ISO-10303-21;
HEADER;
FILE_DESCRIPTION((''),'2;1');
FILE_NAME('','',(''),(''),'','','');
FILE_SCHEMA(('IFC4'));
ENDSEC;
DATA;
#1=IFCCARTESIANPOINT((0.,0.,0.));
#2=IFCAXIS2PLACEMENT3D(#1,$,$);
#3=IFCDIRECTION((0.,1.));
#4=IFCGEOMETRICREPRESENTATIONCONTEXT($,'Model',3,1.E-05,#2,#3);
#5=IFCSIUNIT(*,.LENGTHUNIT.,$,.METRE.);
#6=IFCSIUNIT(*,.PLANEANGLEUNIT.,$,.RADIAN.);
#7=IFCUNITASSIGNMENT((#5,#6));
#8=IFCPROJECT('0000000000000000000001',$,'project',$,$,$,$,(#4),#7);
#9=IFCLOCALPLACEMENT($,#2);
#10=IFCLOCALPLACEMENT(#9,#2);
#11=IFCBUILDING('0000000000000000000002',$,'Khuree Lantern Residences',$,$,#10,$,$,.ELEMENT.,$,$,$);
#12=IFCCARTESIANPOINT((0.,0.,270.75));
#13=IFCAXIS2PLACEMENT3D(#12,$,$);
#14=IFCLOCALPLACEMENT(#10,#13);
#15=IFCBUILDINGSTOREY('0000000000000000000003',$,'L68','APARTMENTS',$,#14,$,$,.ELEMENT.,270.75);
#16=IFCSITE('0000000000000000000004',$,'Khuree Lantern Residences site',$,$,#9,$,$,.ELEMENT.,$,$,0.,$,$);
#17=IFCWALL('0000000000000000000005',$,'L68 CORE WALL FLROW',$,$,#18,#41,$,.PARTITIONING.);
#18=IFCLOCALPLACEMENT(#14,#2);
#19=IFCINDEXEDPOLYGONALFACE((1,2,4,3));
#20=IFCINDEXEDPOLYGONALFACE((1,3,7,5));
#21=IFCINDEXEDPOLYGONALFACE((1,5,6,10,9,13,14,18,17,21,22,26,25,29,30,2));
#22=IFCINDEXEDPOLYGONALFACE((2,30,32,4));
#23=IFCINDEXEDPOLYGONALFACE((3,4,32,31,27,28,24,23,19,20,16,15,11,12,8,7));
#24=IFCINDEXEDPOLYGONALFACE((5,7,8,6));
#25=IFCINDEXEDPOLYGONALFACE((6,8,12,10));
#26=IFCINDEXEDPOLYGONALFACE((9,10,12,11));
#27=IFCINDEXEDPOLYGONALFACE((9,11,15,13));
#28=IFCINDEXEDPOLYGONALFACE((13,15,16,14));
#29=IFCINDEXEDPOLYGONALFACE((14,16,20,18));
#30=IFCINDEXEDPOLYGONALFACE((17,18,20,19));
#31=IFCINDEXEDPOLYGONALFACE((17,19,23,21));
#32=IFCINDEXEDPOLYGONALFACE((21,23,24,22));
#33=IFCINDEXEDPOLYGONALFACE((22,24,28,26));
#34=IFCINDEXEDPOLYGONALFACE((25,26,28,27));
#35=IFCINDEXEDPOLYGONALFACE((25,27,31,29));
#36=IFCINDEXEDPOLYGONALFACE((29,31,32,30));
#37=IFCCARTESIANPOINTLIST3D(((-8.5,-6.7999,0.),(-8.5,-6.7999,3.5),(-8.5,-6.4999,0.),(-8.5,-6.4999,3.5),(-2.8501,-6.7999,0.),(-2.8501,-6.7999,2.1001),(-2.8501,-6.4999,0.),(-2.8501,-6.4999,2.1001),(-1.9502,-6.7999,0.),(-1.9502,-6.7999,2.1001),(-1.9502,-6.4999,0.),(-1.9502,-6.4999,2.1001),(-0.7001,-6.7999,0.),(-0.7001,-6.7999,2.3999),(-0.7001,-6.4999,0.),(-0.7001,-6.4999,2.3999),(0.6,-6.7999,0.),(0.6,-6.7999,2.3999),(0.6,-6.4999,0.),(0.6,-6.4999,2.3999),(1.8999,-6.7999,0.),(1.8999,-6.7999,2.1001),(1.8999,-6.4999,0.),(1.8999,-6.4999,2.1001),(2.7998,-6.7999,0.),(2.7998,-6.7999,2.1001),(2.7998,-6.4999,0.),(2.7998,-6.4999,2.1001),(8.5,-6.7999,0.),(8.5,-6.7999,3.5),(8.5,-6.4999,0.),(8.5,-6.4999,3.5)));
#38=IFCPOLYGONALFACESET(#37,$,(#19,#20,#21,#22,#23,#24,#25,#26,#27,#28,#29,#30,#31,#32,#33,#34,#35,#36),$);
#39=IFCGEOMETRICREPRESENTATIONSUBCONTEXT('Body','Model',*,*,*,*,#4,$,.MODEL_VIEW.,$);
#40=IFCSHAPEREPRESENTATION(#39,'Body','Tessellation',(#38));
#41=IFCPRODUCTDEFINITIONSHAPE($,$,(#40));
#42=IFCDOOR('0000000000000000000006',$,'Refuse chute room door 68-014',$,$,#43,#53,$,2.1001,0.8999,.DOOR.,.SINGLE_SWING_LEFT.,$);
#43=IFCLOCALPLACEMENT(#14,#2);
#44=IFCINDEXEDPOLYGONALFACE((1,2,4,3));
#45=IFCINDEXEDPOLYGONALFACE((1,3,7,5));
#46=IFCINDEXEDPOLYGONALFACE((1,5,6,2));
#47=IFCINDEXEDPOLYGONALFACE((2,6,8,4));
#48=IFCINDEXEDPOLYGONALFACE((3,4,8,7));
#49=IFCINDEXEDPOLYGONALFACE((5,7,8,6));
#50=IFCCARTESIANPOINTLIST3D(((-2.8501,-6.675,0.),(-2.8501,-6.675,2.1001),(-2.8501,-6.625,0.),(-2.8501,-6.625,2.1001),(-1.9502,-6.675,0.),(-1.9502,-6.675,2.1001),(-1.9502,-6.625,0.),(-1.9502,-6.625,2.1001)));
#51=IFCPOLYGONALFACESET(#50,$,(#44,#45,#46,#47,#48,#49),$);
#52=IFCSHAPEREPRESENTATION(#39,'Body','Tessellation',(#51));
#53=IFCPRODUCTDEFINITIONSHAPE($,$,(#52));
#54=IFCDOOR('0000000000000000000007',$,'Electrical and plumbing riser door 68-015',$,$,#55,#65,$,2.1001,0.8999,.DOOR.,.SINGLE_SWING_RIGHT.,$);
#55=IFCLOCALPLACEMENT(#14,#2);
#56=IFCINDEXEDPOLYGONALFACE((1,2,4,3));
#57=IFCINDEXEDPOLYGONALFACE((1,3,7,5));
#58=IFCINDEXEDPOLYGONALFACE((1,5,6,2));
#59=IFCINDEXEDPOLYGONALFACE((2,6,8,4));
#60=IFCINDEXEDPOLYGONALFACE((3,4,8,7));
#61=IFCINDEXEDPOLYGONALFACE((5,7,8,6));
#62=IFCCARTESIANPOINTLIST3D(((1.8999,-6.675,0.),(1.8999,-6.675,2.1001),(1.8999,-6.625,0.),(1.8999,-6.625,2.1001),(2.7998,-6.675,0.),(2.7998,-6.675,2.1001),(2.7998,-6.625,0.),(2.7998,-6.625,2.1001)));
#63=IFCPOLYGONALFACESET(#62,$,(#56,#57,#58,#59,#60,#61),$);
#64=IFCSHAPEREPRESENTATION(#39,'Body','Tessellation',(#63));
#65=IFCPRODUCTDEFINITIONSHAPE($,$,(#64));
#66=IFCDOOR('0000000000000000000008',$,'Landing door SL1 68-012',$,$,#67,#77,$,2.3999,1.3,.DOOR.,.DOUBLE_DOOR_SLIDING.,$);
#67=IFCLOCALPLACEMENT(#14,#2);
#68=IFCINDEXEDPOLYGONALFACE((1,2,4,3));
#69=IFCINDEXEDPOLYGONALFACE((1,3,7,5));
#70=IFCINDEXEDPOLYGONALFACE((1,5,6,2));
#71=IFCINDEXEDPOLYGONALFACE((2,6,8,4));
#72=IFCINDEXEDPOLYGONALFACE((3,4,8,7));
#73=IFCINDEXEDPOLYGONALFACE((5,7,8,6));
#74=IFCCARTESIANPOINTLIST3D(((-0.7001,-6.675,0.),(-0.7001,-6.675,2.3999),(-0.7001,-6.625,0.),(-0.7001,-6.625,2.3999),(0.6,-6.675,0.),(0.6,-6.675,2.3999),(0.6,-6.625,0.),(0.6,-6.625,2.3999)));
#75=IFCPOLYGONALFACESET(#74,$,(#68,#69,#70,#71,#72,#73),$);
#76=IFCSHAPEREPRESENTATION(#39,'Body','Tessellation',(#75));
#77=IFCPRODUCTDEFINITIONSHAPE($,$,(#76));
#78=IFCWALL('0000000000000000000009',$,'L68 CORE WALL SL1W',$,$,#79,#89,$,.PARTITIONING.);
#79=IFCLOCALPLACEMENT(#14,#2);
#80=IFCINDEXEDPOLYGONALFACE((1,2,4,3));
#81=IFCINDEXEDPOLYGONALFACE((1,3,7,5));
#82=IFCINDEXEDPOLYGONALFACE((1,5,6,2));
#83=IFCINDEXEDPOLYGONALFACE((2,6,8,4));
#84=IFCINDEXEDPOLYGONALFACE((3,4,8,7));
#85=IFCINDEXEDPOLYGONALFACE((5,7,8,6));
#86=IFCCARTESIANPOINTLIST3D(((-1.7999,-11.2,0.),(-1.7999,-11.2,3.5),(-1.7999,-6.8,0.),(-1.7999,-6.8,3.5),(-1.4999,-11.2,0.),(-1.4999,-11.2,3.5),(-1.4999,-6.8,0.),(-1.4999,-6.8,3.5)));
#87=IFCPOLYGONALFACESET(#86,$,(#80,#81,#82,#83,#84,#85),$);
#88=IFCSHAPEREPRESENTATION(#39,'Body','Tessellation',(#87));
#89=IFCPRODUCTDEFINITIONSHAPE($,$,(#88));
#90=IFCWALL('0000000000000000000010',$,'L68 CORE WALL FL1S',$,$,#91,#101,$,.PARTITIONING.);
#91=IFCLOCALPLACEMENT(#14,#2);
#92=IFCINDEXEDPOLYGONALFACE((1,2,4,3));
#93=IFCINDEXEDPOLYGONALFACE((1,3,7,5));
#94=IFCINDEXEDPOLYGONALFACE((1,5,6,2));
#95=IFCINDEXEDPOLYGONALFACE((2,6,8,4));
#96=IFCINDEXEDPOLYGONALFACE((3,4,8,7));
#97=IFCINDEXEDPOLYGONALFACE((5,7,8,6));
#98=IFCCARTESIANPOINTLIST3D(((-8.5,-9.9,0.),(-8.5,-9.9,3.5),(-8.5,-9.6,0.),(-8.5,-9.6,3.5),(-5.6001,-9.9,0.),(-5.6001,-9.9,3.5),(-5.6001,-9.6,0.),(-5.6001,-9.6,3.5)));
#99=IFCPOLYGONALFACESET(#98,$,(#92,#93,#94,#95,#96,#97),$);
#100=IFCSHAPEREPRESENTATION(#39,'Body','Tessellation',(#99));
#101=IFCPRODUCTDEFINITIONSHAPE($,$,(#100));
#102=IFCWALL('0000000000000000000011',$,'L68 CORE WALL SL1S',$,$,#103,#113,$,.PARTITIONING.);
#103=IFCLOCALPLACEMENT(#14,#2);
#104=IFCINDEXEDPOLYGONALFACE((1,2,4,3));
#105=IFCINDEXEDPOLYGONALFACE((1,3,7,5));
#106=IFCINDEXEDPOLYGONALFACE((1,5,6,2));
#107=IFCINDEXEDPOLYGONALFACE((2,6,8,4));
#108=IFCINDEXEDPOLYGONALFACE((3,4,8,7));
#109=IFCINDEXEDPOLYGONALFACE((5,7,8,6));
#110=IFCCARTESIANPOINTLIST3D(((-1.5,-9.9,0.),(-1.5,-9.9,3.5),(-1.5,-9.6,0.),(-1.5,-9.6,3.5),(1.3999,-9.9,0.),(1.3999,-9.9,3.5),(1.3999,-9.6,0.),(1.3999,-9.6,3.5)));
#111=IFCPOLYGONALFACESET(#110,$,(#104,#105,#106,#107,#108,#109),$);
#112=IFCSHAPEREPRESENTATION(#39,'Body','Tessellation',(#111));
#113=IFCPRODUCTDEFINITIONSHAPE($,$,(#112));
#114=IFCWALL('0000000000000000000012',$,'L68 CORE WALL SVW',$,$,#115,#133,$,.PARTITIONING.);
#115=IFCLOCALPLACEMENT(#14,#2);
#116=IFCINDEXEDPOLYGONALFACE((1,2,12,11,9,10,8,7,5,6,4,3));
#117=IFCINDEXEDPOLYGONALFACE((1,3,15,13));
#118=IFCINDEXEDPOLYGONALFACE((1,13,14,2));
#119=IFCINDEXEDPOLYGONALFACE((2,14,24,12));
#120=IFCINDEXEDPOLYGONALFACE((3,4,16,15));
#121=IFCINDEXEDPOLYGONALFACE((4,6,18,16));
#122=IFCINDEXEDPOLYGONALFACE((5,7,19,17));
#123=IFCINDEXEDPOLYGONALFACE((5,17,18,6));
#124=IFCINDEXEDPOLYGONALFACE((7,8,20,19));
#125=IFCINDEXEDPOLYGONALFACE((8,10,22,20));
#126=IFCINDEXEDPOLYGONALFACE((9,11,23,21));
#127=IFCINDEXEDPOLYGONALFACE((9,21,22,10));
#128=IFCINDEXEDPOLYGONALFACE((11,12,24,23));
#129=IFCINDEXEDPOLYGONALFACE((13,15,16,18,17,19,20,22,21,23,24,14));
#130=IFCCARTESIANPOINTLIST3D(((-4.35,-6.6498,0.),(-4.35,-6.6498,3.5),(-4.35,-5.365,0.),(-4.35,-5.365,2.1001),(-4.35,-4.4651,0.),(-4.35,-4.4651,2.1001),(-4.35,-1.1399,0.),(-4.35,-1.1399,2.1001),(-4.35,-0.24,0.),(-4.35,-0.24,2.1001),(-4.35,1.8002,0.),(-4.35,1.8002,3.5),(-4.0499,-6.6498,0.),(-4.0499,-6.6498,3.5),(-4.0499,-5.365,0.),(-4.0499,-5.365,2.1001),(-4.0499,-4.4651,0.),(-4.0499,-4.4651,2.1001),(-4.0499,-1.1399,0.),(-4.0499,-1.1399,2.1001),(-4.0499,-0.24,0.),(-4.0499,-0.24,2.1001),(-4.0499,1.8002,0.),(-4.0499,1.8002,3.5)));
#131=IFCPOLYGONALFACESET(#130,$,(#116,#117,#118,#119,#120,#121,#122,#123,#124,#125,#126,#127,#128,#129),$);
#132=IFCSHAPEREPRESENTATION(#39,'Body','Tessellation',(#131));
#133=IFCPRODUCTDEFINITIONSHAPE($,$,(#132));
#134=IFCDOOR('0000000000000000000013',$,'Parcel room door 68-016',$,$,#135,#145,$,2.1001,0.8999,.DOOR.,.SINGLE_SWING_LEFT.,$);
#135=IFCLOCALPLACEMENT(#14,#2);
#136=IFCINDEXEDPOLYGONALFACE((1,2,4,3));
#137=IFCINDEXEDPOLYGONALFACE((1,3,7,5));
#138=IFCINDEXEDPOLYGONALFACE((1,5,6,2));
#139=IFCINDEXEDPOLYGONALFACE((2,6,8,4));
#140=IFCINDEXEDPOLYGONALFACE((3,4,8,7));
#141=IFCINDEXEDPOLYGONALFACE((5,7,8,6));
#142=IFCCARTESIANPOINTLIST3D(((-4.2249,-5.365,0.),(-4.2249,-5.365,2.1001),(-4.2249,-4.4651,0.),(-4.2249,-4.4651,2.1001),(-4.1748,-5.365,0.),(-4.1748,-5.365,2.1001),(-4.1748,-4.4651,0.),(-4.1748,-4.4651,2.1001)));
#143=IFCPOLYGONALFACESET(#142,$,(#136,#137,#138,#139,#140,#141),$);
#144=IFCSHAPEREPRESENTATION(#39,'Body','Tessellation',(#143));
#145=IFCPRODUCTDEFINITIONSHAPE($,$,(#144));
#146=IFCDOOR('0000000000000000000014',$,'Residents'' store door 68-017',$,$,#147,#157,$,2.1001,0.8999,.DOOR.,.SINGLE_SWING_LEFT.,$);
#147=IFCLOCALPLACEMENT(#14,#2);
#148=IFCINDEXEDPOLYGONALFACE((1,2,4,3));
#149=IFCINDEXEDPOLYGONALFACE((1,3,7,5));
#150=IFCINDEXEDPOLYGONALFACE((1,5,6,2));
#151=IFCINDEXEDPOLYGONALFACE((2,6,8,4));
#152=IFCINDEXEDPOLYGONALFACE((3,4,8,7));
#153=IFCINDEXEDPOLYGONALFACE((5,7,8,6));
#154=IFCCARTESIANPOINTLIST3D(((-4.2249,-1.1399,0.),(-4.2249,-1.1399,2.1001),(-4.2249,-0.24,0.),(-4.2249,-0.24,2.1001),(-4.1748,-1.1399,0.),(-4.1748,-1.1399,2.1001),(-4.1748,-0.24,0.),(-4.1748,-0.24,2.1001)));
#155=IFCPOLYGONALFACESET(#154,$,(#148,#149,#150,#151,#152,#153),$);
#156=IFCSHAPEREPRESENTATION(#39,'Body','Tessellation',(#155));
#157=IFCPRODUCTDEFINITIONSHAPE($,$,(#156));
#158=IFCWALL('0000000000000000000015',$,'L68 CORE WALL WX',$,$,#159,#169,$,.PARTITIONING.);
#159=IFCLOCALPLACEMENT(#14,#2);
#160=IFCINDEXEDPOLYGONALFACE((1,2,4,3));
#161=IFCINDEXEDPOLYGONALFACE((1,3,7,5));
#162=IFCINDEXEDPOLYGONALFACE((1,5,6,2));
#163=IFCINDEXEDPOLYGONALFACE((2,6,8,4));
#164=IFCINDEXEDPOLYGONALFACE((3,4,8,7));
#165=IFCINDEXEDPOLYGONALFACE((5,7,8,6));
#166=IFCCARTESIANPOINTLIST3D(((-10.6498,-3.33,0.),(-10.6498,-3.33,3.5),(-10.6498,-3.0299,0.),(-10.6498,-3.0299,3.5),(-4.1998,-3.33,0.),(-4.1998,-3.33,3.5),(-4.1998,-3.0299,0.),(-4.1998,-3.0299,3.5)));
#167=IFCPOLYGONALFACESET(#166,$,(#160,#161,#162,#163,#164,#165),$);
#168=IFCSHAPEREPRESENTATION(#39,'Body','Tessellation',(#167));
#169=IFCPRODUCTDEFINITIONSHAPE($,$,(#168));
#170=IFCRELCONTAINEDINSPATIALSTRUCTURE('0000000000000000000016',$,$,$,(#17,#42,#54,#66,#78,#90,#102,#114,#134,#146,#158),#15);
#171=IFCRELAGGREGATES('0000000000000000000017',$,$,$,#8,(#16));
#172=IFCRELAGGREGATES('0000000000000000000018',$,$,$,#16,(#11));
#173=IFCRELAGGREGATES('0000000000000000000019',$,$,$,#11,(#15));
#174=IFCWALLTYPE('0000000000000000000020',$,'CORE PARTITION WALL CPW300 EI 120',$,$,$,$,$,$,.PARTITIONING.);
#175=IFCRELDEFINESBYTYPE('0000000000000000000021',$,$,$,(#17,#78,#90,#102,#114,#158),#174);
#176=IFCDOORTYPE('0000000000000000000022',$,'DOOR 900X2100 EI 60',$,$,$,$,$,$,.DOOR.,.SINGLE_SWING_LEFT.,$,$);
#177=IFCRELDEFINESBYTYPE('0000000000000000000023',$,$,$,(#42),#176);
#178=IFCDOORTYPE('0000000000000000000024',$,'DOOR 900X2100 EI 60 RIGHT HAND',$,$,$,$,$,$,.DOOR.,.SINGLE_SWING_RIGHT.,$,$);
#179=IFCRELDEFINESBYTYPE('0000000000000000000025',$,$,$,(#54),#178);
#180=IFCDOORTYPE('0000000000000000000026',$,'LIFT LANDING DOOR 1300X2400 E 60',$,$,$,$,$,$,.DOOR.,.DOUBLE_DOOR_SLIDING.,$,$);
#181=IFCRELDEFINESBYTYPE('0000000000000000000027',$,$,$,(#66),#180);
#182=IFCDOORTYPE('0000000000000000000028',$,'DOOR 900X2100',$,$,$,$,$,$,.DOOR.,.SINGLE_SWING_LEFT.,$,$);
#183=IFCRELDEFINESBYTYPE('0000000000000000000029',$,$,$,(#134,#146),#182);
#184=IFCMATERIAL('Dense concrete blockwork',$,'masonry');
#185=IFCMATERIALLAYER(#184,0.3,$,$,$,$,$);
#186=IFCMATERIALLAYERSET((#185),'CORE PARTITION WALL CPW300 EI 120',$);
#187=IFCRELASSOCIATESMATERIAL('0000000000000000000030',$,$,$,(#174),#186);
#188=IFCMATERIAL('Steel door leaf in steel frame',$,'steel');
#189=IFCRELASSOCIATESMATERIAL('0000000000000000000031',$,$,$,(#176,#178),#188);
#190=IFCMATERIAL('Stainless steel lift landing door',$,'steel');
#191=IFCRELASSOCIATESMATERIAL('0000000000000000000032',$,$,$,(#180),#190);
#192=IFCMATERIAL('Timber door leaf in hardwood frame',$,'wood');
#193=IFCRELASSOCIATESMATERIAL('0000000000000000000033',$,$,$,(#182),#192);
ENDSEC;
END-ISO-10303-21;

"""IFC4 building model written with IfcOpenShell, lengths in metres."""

from ifc_helpers import new_model, si_unit, direction, frame, frame_2d, origin, place, context, subcontext, project, spatial, rectangle, extrude, material, layer, layer_set, type_object, element, fill, save


model = new_model("IFC4")

# Units and contexts
model_context = context("Model", 3, precision=1e-05, world=origin(), true_north=direction((0.0, 1.0)))
body_context = subcontext(model_context, "Body", "Model", "MODEL_VIEW")
ifc_project = project(units=[si_unit("LENGTHUNIT", "METRE"), si_unit("PLANEANGLEUNIT", "RADIAN")], contexts=[model_context])

# Site, building, storey
site_placement = place(None, origin())
site = spatial("IfcSite", under=ifc_project, at=site_placement, Name="Khuree Lantern Residences site", CompositionType="ELEMENT", RefElevation=0.0)
building_placement = place(site_placement, origin())
building = spatial("IfcBuilding", under=site, at=building_placement, Name="Khuree Lantern Residences", CompositionType="ELEMENT")
storey_placement = place(building_placement, frame((0.0, 0.0, 270.75)))
storey = spatial("IfcBuildingStorey", under=building, at=storey_placement, Name="L68", Description="APARTMENTS", CompositionType="ELEMENT", Elevation=270.75)

# Wall, openings, doors
ifc_material_1 = material(Name="Dense concrete blockwork", Category="masonry")
ifc_layer_1 = layer(ifc_material_1, 0.3)
ifc_layer_set_1 = layer_set([ifc_layer_1], Name="CORE PARTITION WALL CPW300 EI 120")
wall_type_1 = type_object("IfcWallType", Name="CORE PARTITION WALL CPW300 EI 120", PredefinedType="PARTITIONING", material=ifc_layer_set_1)
wall_1_placement = place(storey_placement, frame((-8.5, -6.6499, 0.0), z_axis=(0.0, 0.0, 1.0), x_axis=(1.0, 0.0, 0.0)))
wall_1 = element("IfcWall", 1, at=wall_1_placement, inside=storey, type_object=wall_type_1, Name="L68 CORE WALL FLROW", PredefinedType="PARTITIONING", context=body_context, shape_type="SweptSolid", body=[
    extrude(rectangle(XDim=17.0, YDim=0.3, at=frame_2d((8.5, 0.0))), origin(), (0.0, 0.0, 1.0), 3.5),
])
opening_1_placement = place(wall_1_placement, frame((7.8, 0.0, 0.0)))
opening_1 = element("IfcOpeningElement", 2, at=opening_1_placement, cuts=wall_1, PredefinedType="OPENING", context=body_context, shape_type="SweptSolid", body=[
    extrude(rectangle(XDim=1.3, YDim=2.3999, at=frame_2d((0.6499, 1.2))), frame((0.0, 0.1602, 0.0), z_axis=(0.0, -1.0, 0.0), x_axis=(1.0, 0.0, 0.0)), (0.0, 0.0, 1.0), 0.3201),
])
opening_2_placement = place(wall_1_placement, frame((5.6499, 0.0, 0.0)))
opening_2 = element("IfcOpeningElement", 3, at=opening_2_placement, cuts=wall_1, PredefinedType="OPENING", context=body_context, shape_type="SweptSolid", body=[
    extrude(rectangle(XDim=0.8999, YDim=2.1001, at=frame_2d((0.45, 1.05))), frame((0.0, 0.1602, 0.0), z_axis=(0.0, -1.0, 0.0), x_axis=(1.0, 0.0, 0.0)), (0.0, 0.0, 1.0), 0.3201),
])
opening_3_placement = place(wall_1_placement, frame((10.3999, 0.0, 0.0)))
opening_3 = element("IfcOpeningElement", 4, at=opening_3_placement, cuts=wall_1, PredefinedType="OPENING", context=body_context, shape_type="SweptSolid", body=[
    extrude(rectangle(XDim=0.8999, YDim=2.1001, at=frame_2d((0.45, 1.05))), frame((0.0, 0.1602, 0.0), z_axis=(0.0, -1.0, 0.0), x_axis=(1.0, 0.0, 0.0)), (0.0, 0.0, 1.0), 0.3201),
])
ifc_material_2 = material(Name="Steel door leaf in steel frame", Category="steel")
door_type_1 = type_object("IfcDoorType", Name="DOOR 900X2100 EI 60", OperationType="SINGLE_SWING_LEFT", PredefinedType="DOOR", material=ifc_material_2)
door_1_placement = place(opening_2_placement, origin())
door_1 = element("IfcDoor", 5, at=door_1_placement, inside=storey, type_object=door_type_1, Name="Refuse chute room door 68-014", OperationType="SINGLE_SWING_LEFT", OverallHeight=2.1001, OverallWidth=0.8999, PredefinedType="DOOR", context=body_context, shape_type="SweptSolid", body=[
    extrude(rectangle(XDim=0.8999, YDim=2.1001, at=frame_2d((0.45, 1.05))), frame((0.0, 0.0249, 0.0), z_axis=(0.0, -1.0, 0.0), x_axis=(1.0, 0.0, 0.0)), (0.0, 0.0, 1.0), 0.05),
])
fill(opening_2, door_1)
door_type_2 = type_object("IfcDoorType", Name="DOOR 900X2100 EI 60 RIGHT HAND", OperationType="SINGLE_SWING_RIGHT", PredefinedType="DOOR", material=ifc_material_2)
door_2_placement = place(opening_3_placement, origin())
door_2 = element("IfcDoor", 6, at=door_2_placement, inside=storey, type_object=door_type_2, Name="Electrical and plumbing riser door 68-015", OperationType="SINGLE_SWING_RIGHT", OverallHeight=2.1001, OverallWidth=0.8999, PredefinedType="DOOR", context=body_context, shape_type="SweptSolid", body=[
    extrude(rectangle(XDim=0.8999, YDim=2.1001, at=frame_2d((0.45, 1.05))), frame((0.0, 0.0249, 0.0), z_axis=(0.0, -1.0, 0.0), x_axis=(1.0, 0.0, 0.0)), (0.0, 0.0, 1.0), 0.05),
])
fill(opening_3, door_2)
ifc_material_3 = material(Name="Stainless steel lift landing door", Category="steel")
door_type_3 = type_object("IfcDoorType", Name="LIFT LANDING DOOR 1300X2400 E 60", OperationType="DOUBLE_DOOR_SLIDING", PredefinedType="DOOR", material=ifc_material_3)
door_3_placement = place(opening_1_placement, origin())
door_3 = element("IfcDoor", 7, at=door_3_placement, inside=storey, type_object=door_type_3, Name="Landing door SL1 68-012", OperationType="DOUBLE_DOOR_SLIDING", OverallHeight=2.3999, OverallWidth=1.3, PredefinedType="DOOR", context=body_context, shape_type="SweptSolid", body=[
    extrude(rectangle(XDim=1.3, YDim=2.3999, at=frame_2d((0.6499, 1.2))), frame((0.0, 0.0249, 0.0), z_axis=(0.0, -1.0, 0.0), x_axis=(1.0, 0.0, 0.0)), (0.0, 0.0, 1.0), 0.05),
])
fill(opening_1, door_3)

# Walls
wall_2_placement = place(storey_placement, frame((-1.6499, -11.2, 0.0), z_axis=(0.0, 0.0, 1.0), x_axis=(0.0, 1.0, 0.0)))
element("IfcWall", 8, at=wall_2_placement, inside=storey, type_object=wall_type_1, Name="L68 CORE WALL SL1W", PredefinedType="PARTITIONING", context=body_context, shape_type="SweptSolid", body=[
    extrude(rectangle(XDim=4.3999, YDim=0.3, at=frame_2d((2.2, 0.0))), origin(), (0.0, 0.0, 1.0), 3.5),
])
for number, where, z_axis, x_axis, name in (
    (9, (-8.5, -9.75, 0.0), (0.0, 0.0, 1.0), (1.0, 0.0, 0.0), "L68 CORE WALL FL1S"),
    (10, (-1.5, -9.75, 0.0), (0.0, 0.0, 1.0), (1.0, 0.0, 0.0), "L68 CORE WALL SL1S"),
):
    element("IfcWall", number, at=place(storey_placement, frame(where, z_axis=z_axis, x_axis=x_axis)), inside=storey, type_object=wall_type_1, Name=name, PredefinedType="PARTITIONING", context=body_context, shape_type="SweptSolid", body=[
        extrude(rectangle(XDim=2.8999, YDim=0.3, at=frame_2d((1.45, 0.0))), origin(), (0.0, 0.0, 1.0), 3.5),
    ])

# Wall, openings, doors
wall_3_placement = place(storey_placement, frame((-4.2, -6.6499, 0.0), z_axis=(0.0, 0.0, 1.0), x_axis=(0.0, 1.0, 0.0)))
wall_3 = element("IfcWall", 11, at=wall_3_placement, inside=storey, type_object=wall_type_1, Name="L68 CORE WALL SVW", PredefinedType="PARTITIONING", context=body_context, shape_type="SweptSolid", body=[
    extrude(rectangle(XDim=8.45, YDim=0.3, at=frame_2d((4.2251, 0.0))), origin(), (0.0, 0.0, 1.0), 3.5),
])
opening_4_placement = place(wall_3_placement, frame((1.2849, 0.0, 0.0)))
opening_4 = element("IfcOpeningElement", 12, at=opening_4_placement, cuts=wall_3, PredefinedType="OPENING", context=body_context, shape_type="SweptSolid", body=[
    extrude(rectangle(XDim=0.8999, YDim=2.1001, at=frame_2d((0.45, 1.05))), frame((0.0, 0.1602, 0.0), z_axis=(0.0, -1.0, 0.0), x_axis=(1.0, 0.0, 0.0)), (0.0, 0.0, 1.0), 0.3201),
])
opening_5_placement = place(wall_3_placement, frame((5.51, 0.0, 0.0)))
opening_5 = element("IfcOpeningElement", 13, at=opening_5_placement, cuts=wall_3, PredefinedType="OPENING", context=body_context, shape_type="SweptSolid", body=[
    extrude(rectangle(XDim=0.8999, YDim=2.1001, at=frame_2d((0.45, 1.05))), frame((0.0, 0.1602, 0.0), z_axis=(0.0, -1.0, 0.0), x_axis=(1.0, 0.0, 0.0)), (0.0, 0.0, 1.0), 0.3201),
])
ifc_material_4 = material(Name="Timber door leaf in hardwood frame", Category="wood")
door_type_4 = type_object("IfcDoorType", Name="DOOR 900X2100", OperationType="SINGLE_SWING_LEFT", PredefinedType="DOOR", material=ifc_material_4)
door_4_placement = place(opening_4_placement, origin())
door_4 = element("IfcDoor", 14, at=door_4_placement, inside=storey, type_object=door_type_4, Name="Parcel room door 68-016", OperationType="SINGLE_SWING_LEFT", OverallHeight=2.1001, OverallWidth=0.8999, PredefinedType="DOOR", context=body_context, shape_type="SweptSolid", body=[
    extrude(rectangle(XDim=0.8999, YDim=2.1001, at=frame_2d((0.45, 1.05))), frame((0.0, 0.0249, 0.0), z_axis=(0.0, -1.0, 0.0), x_axis=(1.0, 0.0, 0.0)), (0.0, 0.0, 1.0), 0.05),
])
fill(opening_4, door_4)
door_5_placement = place(opening_5_placement, origin())
door_5 = element("IfcDoor", 15, at=door_5_placement, inside=storey, type_object=door_type_4, Name="Residents' store door 68-017", OperationType="SINGLE_SWING_LEFT", OverallHeight=2.1001, OverallWidth=0.8999, PredefinedType="DOOR", context=body_context, shape_type="SweptSolid", body=[
    extrude(rectangle(XDim=0.8999, YDim=2.1001, at=frame_2d((0.45, 1.05))), frame((0.0, 0.0249, 0.0), z_axis=(0.0, -1.0, 0.0), x_axis=(1.0, 0.0, 0.0)), (0.0, 0.0, 1.0), 0.05),
])
fill(opening_5, door_5)

# Wall
wall_4_placement = place(storey_placement, frame((-10.6499, -3.1799, 0.0), z_axis=(0.0, 0.0, 1.0), x_axis=(1.0, 0.0, 0.0)))
element("IfcWall", 16, at=wall_4_placement, inside=storey, type_object=wall_type_1, Name="L68 CORE WALL WX", PredefinedType="PARTITIONING", context=body_context, shape_type="SweptSolid", body=[
    extrude(rectangle(XDim=6.45, YDim=0.3, at=frame_2d((3.2251, 0.0))), origin(), (0.0, 0.0, 1.0), 3.5),
])

save(model, "model.ifc")
